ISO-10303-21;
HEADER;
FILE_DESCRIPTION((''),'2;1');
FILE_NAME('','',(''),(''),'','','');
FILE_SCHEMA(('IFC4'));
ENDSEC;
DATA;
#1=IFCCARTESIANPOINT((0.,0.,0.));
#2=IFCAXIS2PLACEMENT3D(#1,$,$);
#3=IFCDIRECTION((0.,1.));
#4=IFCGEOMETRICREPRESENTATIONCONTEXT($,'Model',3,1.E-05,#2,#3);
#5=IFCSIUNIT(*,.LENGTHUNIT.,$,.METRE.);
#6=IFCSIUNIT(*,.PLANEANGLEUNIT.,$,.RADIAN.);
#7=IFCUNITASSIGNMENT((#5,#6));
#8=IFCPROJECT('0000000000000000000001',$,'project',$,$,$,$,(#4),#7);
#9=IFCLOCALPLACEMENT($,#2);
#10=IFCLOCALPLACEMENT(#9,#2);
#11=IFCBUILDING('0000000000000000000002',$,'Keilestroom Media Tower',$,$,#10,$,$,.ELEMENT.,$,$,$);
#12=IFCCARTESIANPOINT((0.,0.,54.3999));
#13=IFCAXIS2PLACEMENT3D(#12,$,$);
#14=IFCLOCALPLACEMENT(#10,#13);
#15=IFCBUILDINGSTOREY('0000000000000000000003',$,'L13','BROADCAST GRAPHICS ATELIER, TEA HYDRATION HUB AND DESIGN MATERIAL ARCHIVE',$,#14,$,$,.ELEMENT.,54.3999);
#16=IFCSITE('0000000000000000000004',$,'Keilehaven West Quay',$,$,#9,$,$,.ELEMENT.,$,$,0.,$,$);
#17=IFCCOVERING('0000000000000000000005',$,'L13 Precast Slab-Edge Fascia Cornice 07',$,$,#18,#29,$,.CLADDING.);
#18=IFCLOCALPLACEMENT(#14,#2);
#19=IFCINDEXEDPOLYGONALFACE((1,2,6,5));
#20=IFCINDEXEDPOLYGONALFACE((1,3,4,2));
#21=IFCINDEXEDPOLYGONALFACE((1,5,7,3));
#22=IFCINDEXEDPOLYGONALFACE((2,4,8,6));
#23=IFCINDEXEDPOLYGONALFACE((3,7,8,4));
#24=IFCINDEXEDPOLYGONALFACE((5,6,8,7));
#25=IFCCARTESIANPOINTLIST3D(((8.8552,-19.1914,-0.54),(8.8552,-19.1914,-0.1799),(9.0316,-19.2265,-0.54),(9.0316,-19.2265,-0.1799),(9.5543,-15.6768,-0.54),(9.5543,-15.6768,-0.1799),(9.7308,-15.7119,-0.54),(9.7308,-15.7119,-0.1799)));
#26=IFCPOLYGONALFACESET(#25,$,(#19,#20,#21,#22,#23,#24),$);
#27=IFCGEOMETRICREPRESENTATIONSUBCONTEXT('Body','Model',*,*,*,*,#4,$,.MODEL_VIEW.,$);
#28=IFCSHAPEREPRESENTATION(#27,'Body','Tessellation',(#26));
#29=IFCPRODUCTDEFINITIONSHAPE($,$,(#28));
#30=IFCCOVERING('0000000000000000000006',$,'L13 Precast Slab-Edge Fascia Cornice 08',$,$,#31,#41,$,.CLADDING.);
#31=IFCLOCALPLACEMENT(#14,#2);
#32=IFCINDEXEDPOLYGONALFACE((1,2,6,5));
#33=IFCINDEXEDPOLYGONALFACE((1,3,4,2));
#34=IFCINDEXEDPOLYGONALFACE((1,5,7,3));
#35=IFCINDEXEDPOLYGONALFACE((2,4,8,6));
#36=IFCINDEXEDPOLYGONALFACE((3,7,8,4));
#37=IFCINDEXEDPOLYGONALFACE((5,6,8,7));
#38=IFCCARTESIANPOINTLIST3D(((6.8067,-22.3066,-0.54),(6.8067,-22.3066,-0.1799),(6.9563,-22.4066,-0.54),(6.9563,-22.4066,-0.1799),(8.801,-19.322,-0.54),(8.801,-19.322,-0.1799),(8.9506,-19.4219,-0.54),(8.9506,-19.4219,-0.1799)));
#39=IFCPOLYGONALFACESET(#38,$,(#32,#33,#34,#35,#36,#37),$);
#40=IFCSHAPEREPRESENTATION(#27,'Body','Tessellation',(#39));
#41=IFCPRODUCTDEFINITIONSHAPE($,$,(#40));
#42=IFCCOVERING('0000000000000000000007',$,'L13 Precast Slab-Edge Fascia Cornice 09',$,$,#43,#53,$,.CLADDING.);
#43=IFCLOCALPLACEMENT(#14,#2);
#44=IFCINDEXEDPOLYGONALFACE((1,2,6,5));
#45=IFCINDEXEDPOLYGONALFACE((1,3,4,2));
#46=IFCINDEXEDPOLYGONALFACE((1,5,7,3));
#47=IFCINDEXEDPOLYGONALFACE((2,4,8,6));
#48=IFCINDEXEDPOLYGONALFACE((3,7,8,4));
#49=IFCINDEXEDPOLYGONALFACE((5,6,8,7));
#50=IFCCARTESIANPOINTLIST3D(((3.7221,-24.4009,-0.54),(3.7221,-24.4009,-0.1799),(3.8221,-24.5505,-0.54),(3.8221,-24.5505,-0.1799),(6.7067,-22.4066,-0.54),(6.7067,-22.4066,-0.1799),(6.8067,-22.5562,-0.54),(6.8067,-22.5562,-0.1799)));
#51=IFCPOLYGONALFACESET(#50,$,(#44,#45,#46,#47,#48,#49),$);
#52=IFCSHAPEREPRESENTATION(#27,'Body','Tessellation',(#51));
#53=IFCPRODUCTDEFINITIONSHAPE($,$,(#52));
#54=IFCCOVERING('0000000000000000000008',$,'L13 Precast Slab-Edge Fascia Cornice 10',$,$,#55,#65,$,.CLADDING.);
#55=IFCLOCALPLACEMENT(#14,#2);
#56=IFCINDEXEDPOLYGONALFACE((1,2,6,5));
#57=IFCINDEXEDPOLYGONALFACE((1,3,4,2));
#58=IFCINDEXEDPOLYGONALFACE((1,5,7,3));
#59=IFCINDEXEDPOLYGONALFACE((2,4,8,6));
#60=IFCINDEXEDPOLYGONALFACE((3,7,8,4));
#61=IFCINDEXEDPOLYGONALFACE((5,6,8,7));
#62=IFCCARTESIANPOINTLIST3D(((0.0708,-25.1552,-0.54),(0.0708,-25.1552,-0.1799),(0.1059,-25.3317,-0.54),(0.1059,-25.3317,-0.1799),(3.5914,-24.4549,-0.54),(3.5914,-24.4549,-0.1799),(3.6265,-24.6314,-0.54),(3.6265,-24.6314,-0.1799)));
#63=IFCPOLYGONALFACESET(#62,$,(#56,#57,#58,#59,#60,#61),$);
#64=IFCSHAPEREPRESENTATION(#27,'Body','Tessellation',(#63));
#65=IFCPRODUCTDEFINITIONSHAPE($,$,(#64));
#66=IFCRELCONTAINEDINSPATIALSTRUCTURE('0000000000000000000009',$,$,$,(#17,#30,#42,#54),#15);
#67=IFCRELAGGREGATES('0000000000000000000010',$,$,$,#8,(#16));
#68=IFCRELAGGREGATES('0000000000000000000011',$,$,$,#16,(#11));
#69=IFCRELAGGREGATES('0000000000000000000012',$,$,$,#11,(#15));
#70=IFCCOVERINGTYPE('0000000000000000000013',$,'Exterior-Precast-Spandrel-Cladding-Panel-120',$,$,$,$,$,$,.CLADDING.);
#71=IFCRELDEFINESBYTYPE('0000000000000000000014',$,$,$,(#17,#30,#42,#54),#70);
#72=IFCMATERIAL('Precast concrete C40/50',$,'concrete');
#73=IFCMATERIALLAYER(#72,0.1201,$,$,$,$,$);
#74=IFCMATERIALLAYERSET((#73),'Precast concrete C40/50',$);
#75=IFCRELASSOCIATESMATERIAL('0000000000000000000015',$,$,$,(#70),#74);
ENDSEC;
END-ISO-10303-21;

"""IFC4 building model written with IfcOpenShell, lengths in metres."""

from ifc_helpers import new_model, si_unit, direction, frame, origin, origin_2d, place, context, subcontext, project, spatial, rectangle, extrude, source, transform, mapped, material, layer, layer_set, type_object, element, save


model = new_model("IFC4")

# Units and contexts
model_context = context("Model", 3, precision=1e-05, world=origin(), true_north=direction((0.0, 1.0)))
body_context = subcontext(model_context, "Body", "Model", "MODEL_VIEW")
ifc_project = project(units=[si_unit("LENGTHUNIT", "METRE"), si_unit("PLANEANGLEUNIT", "RADIAN")], contexts=[model_context])

# Site, building, storey
site_placement = place(None, origin())
site = spatial("IfcSite", under=ifc_project, at=site_placement, Name="Keilehaven West Quay", CompositionType="ELEMENT", RefElevation=0.0)
building_placement = place(site_placement, origin())
building = spatial("IfcBuilding", under=site, at=building_placement, Name="Keilestroom Media Tower", CompositionType="ELEMENT")
storey_placement = place(building_placement, frame((0.0, 0.0, 54.3999)))
storey = spatial("IfcBuildingStorey", under=building, at=storey_placement, Name="L13", Description="BROADCAST GRAPHICS ATELIER, TEA HYDRATION HUB AND DESIGN MATERIAL ARCHIVE", CompositionType="ELEMENT", Elevation=54.3999)

# Shared definitions
ifc_material_1 = material(Name="Precast concrete C40/50", Category="concrete")

# Coverings
ifc_layer_1 = layer(ifc_material_1, 0.1201)
ifc_layer_set_1 = layer_set([ifc_layer_1], Name="Precast concrete C40/50")
covering_type = type_object("IfcCoveringType", Name="Exterior-Precast-Spandrel-Cladding-Panel-120", PredefinedType="CLADDING", material=ifc_layer_set_1)
shared_shape_1 = source(origin(), body_context, "Body", "SweptSolid", [
    extrude(rectangle(XDim=3.5835, YDim=0.1799, at=origin_2d()), origin(), (0.0, 0.0, 1.0), 0.3601),
])
covering_1_placement = place(storey_placement, frame((9.293, -17.4517, -0.54), z_axis=(0.0, 0.0, 1.0), x_axis=(-0.195099, -0.980784, 0.0)))
element("IfcCovering", 1, at=covering_1_placement, inside=storey, type_object=covering_type, Name="L13 Precast Slab-Edge Fascia Cornice 07", PredefinedType="CLADDING", context=body_context, shape_type="MappedRepresentation", body=[
    mapped(shared_shape_1, transform((0.0, 0.0, 0.0), x_axis=(1.0, 0.0, 0.0), y_axis=(0.0, 1.0, 0.0), z_axis=(0.0, 0.0, 1.0), scale=1.0)),
])
shared_shape_2 = source(origin(), body_context, "Body", "SweptSolid", [
    extrude(rectangle(XDim=3.5896, YDim=0.1799, at=origin_2d()), origin(), (0.0, 0.0, 1.0), 0.3601),
])
for number, where, z_axis, x_axis, name in (
    (2, (7.8787, -20.8643, -0.54), (0.0, 0.0, 1.0), (-0.555575, -0.831467, 0.0), "L13 Precast Slab-Edge Fascia Cornice 08"),
    (3, (5.2644, -23.4785, -0.54), (0.0, 0.0, 1.0), (-0.831467, -0.555575, 0.0), "L13 Precast Slab-Edge Fascia Cornice 09"),
    (4, (1.8486, -24.8933, -0.54), (0.0, 0.0, 1.0), (-0.980784, -0.195099, 0.0), "L13 Precast Slab-Edge Fascia Cornice 10"),
):
    element("IfcCovering", number, at=place(storey_placement, frame(where, z_axis=z_axis, x_axis=x_axis)), inside=storey, type_object=covering_type, Name=name, PredefinedType="CLADDING", context=body_context, shape_type="MappedRepresentation", body=[
        mapped(shared_shape_2, transform((0.0, 0.0, 0.0), x_axis=(1.0, 0.0, 0.0), y_axis=(0.0, 1.0, 0.0), z_axis=(0.0, 0.0, 1.0), scale=1.0)),
    ])

save(model, "model.ifc")
